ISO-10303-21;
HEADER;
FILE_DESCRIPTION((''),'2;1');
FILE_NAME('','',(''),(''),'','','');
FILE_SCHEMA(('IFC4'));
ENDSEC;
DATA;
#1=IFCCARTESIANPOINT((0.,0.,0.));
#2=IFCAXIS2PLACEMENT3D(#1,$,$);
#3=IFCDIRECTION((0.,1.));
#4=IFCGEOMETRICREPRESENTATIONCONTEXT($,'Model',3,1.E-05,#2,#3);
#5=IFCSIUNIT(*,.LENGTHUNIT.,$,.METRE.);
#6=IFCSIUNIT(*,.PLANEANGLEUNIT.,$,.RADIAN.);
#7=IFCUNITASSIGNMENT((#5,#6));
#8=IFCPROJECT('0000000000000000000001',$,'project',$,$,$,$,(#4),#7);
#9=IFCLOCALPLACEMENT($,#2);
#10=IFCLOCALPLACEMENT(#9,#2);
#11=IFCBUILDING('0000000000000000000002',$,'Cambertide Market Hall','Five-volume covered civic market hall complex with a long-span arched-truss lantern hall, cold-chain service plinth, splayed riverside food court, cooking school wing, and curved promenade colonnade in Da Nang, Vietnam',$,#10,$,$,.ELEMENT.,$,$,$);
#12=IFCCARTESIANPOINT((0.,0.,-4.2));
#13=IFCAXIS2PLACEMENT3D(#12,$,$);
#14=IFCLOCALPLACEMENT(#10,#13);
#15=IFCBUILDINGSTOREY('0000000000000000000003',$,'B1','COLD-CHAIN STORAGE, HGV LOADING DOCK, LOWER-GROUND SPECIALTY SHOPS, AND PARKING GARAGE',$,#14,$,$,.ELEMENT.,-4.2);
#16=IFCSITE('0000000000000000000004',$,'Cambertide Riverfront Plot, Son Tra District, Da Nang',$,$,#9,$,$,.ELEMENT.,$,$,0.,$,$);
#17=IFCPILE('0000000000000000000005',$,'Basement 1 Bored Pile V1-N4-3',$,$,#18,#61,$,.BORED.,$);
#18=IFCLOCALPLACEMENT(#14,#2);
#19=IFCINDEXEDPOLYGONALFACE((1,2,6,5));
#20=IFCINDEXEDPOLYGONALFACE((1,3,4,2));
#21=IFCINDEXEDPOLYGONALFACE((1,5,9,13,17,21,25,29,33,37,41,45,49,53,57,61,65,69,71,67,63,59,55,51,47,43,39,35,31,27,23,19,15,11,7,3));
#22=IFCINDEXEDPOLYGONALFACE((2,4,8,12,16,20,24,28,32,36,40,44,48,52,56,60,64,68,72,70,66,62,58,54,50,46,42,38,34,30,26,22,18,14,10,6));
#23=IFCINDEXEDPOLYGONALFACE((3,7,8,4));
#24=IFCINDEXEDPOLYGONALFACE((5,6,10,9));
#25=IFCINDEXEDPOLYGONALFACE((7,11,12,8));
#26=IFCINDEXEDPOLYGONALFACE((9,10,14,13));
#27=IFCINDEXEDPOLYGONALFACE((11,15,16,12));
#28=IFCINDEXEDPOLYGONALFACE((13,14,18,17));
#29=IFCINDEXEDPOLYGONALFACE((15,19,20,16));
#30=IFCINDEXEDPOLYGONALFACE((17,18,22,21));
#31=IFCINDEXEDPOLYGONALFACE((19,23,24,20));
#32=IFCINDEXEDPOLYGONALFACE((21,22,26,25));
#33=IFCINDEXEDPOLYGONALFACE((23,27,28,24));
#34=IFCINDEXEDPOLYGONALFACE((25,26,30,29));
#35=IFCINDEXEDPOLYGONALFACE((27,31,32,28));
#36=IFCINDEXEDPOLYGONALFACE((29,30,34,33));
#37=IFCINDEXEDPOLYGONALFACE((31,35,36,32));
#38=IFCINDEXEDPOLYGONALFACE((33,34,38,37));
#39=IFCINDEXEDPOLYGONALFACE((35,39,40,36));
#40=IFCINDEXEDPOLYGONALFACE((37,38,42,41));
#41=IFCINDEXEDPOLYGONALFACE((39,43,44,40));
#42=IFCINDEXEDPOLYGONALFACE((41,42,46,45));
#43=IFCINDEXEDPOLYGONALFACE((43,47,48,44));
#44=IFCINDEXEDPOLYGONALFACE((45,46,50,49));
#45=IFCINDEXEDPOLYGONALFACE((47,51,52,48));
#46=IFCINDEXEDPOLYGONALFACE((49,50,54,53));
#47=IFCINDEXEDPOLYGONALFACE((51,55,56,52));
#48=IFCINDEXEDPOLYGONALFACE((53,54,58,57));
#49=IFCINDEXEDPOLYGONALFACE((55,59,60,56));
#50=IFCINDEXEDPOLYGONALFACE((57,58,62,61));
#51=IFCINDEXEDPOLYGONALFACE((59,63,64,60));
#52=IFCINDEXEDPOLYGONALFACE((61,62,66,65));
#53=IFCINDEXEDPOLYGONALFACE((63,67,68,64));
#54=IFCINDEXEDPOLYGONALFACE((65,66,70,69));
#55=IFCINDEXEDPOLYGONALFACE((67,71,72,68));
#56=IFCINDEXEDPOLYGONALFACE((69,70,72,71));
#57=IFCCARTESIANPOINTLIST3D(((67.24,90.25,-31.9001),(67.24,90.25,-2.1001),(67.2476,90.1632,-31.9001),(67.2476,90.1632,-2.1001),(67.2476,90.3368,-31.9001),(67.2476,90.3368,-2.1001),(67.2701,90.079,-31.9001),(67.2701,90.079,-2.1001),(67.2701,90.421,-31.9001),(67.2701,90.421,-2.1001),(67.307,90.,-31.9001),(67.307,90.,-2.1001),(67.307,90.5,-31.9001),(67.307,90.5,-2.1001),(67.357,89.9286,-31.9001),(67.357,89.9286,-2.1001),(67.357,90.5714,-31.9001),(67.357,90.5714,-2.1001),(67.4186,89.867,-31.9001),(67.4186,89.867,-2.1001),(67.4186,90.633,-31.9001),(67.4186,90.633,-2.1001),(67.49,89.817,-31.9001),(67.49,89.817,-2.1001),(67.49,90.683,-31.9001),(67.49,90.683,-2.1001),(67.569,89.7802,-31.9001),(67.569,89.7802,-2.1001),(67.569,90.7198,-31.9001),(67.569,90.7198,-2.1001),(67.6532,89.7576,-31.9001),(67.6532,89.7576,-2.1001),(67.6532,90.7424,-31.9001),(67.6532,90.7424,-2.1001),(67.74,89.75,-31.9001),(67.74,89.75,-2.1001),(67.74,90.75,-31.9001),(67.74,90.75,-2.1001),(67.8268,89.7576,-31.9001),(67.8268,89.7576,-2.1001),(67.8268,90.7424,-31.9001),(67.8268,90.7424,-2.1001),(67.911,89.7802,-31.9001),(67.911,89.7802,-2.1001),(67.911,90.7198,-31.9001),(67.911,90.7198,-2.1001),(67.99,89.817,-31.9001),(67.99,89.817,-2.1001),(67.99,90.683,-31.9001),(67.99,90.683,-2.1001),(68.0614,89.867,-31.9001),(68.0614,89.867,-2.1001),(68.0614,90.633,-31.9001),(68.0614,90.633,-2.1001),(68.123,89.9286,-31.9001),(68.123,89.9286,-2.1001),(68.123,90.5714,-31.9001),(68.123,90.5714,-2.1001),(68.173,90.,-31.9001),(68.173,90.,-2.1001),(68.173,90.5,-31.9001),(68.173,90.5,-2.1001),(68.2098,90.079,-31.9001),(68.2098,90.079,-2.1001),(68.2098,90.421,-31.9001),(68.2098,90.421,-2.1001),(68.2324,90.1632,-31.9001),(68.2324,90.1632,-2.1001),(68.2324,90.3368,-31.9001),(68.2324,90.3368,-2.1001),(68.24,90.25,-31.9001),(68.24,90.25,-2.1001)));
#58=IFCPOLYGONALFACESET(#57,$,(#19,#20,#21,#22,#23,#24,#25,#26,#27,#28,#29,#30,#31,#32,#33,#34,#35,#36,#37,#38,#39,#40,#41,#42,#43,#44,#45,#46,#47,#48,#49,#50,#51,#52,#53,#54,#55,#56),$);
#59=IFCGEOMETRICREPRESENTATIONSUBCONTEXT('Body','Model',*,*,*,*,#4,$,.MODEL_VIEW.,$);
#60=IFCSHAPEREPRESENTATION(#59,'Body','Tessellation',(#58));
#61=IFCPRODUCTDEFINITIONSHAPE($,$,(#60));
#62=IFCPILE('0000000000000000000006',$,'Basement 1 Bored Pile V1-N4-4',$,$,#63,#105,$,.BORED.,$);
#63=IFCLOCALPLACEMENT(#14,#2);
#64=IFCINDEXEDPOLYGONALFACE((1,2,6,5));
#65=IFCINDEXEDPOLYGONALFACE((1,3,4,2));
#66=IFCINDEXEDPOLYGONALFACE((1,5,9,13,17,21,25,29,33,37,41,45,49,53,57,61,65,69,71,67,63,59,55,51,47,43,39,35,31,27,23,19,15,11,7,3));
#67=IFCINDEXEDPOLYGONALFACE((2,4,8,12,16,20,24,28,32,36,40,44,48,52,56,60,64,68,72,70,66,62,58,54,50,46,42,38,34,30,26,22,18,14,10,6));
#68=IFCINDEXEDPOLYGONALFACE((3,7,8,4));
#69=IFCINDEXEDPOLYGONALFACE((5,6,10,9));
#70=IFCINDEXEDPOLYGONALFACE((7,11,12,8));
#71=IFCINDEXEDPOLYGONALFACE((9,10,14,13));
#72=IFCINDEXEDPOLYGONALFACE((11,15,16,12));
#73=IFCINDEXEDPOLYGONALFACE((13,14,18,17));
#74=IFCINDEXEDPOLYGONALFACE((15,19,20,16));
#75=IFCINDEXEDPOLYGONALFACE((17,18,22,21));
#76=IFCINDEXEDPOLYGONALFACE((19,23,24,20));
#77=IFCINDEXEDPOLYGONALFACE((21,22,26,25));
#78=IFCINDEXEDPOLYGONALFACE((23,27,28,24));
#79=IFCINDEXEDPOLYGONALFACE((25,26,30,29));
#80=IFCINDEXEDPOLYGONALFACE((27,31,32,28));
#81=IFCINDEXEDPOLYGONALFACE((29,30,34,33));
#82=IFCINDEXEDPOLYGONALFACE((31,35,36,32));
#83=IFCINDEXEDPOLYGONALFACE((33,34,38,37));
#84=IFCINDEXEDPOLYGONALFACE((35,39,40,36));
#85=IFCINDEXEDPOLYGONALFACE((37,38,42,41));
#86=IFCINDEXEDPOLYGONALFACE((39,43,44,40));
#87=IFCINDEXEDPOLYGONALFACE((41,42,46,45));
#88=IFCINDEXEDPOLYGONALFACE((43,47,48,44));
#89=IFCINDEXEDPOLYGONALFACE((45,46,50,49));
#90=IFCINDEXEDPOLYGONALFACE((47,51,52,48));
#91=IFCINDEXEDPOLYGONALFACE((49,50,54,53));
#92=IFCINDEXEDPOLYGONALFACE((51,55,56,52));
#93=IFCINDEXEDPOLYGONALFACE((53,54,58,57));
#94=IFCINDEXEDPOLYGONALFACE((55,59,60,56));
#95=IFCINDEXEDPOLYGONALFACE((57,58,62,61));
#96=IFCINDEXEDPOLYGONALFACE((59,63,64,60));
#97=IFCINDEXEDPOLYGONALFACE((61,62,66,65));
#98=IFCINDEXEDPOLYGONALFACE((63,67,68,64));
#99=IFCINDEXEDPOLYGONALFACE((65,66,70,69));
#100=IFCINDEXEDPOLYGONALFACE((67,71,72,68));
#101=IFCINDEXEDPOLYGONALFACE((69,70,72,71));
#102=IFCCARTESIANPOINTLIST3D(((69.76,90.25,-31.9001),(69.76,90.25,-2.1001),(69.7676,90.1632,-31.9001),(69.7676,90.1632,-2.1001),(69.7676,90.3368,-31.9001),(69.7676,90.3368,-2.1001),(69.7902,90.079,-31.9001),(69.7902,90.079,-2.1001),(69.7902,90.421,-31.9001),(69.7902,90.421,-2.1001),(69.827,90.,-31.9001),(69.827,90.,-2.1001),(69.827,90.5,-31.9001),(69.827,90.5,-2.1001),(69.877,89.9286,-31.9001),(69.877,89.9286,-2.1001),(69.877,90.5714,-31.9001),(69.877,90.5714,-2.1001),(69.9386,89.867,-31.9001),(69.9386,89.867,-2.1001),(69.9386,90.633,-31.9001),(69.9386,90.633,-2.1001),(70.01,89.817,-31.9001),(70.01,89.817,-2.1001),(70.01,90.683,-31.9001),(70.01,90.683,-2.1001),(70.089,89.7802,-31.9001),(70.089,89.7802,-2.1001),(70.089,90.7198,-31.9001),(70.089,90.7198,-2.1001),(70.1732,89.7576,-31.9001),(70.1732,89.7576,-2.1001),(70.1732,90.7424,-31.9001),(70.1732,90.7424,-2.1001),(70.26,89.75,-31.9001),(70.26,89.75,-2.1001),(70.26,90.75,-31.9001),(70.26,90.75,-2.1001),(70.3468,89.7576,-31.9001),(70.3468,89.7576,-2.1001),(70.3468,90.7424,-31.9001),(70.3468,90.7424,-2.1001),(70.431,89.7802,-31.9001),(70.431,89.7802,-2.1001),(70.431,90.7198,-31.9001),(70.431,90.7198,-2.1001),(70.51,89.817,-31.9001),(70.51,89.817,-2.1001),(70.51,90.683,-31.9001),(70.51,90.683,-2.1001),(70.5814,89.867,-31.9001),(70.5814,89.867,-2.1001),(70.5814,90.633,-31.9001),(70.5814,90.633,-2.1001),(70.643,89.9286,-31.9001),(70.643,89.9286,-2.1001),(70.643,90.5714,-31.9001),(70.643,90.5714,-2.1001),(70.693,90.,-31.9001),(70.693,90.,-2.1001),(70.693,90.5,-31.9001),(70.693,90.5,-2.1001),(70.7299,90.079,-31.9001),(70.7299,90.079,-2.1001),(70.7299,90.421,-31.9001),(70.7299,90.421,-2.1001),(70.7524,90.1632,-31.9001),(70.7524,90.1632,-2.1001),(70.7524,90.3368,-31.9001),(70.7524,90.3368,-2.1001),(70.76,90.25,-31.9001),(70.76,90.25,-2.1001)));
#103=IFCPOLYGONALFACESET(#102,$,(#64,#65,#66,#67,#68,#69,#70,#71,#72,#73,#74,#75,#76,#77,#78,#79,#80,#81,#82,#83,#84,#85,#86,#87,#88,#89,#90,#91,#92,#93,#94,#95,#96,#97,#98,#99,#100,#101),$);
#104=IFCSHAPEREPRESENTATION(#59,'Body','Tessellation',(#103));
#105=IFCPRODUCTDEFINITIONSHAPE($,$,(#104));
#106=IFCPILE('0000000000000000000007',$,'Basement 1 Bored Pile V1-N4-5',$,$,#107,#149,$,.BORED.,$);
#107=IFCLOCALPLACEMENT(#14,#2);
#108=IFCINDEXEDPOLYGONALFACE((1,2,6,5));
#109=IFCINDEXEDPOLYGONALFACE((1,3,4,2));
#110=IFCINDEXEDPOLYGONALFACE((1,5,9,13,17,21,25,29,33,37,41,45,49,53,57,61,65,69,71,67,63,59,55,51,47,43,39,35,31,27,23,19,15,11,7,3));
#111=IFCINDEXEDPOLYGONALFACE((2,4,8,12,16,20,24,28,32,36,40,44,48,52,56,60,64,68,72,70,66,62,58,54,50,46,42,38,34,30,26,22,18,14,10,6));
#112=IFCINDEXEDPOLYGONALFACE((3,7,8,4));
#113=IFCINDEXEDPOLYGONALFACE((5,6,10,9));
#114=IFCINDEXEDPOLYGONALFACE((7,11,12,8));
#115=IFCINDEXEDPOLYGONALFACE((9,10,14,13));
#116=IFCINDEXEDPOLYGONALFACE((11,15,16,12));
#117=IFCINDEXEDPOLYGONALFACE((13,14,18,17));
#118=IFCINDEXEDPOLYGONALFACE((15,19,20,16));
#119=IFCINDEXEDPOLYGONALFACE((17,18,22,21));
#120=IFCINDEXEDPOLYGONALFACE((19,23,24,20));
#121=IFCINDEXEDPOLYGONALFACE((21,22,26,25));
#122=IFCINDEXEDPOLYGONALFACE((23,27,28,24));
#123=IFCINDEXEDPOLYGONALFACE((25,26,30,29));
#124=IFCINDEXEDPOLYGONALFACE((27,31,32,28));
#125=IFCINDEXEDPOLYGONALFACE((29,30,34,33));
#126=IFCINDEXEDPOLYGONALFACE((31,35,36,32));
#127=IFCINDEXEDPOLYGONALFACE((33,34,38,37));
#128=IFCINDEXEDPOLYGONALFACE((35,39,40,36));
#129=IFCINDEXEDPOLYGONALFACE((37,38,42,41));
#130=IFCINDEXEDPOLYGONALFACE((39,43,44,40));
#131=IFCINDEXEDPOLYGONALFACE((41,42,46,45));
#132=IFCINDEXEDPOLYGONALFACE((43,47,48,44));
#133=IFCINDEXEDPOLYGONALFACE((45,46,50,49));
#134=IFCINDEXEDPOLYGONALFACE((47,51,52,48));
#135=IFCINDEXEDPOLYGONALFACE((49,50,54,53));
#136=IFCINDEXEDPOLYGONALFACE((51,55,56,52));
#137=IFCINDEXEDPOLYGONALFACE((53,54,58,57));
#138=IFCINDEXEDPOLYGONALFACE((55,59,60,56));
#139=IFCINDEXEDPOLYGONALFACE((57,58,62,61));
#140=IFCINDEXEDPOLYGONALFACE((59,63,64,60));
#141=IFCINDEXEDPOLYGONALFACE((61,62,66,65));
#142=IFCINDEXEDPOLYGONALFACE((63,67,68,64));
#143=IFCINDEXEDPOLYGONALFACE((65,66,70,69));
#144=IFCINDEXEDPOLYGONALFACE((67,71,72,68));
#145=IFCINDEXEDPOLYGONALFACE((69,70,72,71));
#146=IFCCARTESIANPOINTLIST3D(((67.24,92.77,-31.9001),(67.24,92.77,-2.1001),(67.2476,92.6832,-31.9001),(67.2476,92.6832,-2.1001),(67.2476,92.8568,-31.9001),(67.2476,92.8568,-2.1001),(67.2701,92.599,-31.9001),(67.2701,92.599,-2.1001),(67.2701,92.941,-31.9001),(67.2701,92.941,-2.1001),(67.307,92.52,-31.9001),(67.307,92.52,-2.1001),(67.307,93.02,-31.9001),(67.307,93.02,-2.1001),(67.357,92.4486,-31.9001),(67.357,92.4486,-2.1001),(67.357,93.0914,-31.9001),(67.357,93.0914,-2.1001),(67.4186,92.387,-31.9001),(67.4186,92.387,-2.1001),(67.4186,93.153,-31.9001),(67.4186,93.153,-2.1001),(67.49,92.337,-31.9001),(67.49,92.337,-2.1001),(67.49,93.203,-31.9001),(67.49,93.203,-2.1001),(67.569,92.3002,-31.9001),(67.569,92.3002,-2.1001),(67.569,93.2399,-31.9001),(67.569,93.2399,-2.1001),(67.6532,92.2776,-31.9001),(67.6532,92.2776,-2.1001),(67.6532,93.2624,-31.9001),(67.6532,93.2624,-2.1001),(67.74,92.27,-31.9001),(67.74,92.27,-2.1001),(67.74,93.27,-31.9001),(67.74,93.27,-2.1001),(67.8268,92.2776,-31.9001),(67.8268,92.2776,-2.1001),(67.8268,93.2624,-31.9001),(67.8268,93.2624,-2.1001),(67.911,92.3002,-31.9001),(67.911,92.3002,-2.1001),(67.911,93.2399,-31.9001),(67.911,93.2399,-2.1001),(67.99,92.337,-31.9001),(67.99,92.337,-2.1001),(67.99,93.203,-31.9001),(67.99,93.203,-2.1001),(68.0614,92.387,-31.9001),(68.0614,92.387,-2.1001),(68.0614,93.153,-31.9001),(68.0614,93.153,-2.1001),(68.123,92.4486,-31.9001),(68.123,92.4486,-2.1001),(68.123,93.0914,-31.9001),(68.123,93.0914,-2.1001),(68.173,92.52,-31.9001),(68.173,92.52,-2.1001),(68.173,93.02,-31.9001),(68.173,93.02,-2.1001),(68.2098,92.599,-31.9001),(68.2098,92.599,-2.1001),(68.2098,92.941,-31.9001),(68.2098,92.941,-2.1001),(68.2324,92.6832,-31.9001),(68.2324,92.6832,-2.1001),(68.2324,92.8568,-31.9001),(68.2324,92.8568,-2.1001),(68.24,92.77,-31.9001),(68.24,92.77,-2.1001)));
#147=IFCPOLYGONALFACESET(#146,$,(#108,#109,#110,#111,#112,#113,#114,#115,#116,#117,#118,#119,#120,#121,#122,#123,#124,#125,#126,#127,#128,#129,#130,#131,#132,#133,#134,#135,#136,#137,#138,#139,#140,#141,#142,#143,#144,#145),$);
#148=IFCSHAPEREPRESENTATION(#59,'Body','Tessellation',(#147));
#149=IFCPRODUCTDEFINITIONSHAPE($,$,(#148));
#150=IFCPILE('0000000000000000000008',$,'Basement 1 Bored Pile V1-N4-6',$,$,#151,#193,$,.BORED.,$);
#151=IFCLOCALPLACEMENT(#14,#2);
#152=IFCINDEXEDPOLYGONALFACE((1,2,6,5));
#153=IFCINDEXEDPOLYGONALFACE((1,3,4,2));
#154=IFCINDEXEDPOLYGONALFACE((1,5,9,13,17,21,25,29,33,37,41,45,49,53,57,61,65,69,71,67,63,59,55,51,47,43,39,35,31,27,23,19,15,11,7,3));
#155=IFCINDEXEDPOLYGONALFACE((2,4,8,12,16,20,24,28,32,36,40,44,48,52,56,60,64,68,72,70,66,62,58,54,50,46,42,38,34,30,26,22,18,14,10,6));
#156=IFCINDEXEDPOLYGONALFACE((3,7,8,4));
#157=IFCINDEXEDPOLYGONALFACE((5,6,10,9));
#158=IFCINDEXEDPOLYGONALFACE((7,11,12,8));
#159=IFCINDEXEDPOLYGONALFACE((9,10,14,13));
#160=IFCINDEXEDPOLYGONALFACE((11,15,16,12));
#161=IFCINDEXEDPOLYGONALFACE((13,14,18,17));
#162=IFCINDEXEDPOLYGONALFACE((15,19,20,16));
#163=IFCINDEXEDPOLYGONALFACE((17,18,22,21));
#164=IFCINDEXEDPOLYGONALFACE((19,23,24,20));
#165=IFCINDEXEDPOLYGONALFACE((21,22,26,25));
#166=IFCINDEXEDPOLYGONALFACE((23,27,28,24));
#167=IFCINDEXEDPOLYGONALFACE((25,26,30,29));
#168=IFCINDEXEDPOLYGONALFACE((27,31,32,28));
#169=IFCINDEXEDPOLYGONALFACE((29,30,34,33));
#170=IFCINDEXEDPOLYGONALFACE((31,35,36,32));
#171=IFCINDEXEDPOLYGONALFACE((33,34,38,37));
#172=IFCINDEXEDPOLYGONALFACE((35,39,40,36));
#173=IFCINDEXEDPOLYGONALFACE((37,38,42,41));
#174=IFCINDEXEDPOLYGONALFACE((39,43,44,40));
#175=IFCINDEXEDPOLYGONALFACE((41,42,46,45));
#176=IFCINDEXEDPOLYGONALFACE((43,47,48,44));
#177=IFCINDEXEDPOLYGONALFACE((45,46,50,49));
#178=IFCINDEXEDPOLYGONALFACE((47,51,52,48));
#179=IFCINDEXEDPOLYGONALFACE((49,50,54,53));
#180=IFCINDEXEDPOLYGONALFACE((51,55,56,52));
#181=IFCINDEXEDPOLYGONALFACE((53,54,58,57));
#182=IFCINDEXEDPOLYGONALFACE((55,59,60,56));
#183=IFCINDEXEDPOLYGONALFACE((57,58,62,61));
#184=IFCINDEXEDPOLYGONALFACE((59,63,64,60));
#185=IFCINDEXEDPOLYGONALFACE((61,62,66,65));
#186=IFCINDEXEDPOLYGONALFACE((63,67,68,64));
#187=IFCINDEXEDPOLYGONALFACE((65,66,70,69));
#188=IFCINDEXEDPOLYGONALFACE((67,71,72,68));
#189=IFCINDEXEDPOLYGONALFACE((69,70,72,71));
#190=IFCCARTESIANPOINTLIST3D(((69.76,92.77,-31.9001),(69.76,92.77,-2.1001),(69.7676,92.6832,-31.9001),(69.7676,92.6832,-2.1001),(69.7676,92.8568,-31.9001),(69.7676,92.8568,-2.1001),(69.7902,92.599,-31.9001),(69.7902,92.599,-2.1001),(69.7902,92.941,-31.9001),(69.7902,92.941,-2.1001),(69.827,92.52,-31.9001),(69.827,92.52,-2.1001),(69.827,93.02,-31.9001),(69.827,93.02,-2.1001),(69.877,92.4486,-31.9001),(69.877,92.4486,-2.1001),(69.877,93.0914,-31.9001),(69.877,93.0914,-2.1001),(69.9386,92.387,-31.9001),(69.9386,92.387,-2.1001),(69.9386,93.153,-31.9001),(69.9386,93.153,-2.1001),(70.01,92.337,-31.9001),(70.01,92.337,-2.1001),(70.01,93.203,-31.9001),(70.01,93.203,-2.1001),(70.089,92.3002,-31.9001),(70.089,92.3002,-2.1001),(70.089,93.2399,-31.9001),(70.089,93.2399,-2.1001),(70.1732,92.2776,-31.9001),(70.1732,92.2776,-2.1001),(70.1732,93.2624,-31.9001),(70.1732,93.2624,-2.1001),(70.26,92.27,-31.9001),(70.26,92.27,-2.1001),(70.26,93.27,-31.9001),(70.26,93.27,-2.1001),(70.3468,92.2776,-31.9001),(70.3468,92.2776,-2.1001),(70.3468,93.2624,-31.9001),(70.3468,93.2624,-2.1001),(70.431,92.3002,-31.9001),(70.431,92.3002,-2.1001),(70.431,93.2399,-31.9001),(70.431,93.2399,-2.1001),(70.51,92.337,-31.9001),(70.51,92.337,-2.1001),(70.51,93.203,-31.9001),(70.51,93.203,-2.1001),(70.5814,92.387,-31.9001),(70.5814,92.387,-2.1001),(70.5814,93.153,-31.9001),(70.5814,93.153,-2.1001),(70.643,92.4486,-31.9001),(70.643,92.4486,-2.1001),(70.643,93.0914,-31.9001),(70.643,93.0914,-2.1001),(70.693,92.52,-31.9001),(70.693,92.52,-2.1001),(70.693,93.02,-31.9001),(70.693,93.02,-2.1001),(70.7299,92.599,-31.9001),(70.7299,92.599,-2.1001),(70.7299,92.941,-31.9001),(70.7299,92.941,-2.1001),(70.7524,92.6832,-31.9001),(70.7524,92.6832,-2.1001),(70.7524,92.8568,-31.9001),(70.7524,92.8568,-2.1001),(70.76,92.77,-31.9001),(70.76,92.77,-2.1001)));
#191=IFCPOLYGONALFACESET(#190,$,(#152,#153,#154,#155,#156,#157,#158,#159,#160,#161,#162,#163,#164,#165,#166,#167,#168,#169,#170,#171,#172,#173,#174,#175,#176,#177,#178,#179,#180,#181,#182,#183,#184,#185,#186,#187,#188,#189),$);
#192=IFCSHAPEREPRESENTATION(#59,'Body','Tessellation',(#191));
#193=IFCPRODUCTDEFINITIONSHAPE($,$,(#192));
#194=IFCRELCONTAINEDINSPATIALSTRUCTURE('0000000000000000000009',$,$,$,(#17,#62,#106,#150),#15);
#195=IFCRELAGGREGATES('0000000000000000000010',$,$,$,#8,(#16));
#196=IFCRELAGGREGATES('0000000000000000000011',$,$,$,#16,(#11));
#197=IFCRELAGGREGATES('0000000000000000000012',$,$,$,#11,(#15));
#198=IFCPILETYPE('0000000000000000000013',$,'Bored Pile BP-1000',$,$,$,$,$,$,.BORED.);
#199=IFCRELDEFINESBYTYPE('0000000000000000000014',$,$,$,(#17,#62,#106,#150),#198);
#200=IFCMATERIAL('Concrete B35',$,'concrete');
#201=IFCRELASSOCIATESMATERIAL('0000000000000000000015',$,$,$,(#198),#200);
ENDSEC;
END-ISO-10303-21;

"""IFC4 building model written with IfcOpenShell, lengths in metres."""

from ifc_helpers import new_model, si_unit, direction, frame, origin, origin_2d, place, context, subcontext, project, spatial, circle, extrude, material, material_profile, profile_set, type_object, element, save


model = new_model("IFC4")

# Units and contexts
model_context = context("Model", 3, precision=1e-05, world=origin(), true_north=direction((0.0, 1.0)))
body_context = subcontext(model_context, "Body", "Model", "MODEL_VIEW")
ifc_project = project(units=[si_unit("LENGTHUNIT", "METRE"), si_unit("PLANEANGLEUNIT", "RADIAN")], contexts=[model_context])

# Site, building, storey
site_placement = place(None, origin())
site = spatial("IfcSite", under=ifc_project, at=site_placement, Name="Cambertide Riverfront Plot, Son Tra District, Da Nang", CompositionType="ELEMENT", RefElevation=0.0)
building_placement = place(site_placement, origin())
building = spatial("IfcBuilding", under=site, at=building_placement, Name="Cambertide Market Hall", Description="Five-volume covered civic market hall complex with a long-span arched-truss lantern hall, cold-chain service plinth, splayed riverside food court, cooking school wing, and curved promenade colonnade in Da Nang, Vietnam", CompositionType="ELEMENT")
storey_placement = place(building_placement, frame((0.0, 0.0, -4.2)))
storey = spatial("IfcBuildingStorey", under=building, at=storey_placement, Name="B1", Description="COLD-CHAIN STORAGE, HGV LOADING DOCK, LOWER-GROUND SPECIALTY SHOPS, AND PARKING GARAGE", CompositionType="ELEMENT", Elevation=-4.2)

# Piles
ifc_material_1 = material(Name="Concrete B35", Category="concrete")
ifc_material_profile_1 = material_profile(ifc_material_1, circle(Radius=0.5, at=origin_2d()), Name="BP D1000")
ifc_profile_set_1 = profile_set([ifc_material_profile_1], Name="Concrete B35")
pile_type_1 = type_object("IfcPileType", Name="Bored Pile BP-1000", PredefinedType="BORED", material=ifc_profile_set_1)
for number, where, z_axis, x_axis, name in (
    (1, (67.74, 90.25, -2.1001), (0.0, 0.0, -1.0), (1.0, 0.0, 0.0), "Basement 1 Bored Pile V1-N4-3"),
    (2, (70.26, 90.25, -2.1001), (0.0, 0.0, -1.0), (1.0, 0.0, 0.0), "Basement 1 Bored Pile V1-N4-4"),
    (3, (67.74, 92.77, -2.1001), (0.0, 0.0, -1.0), (1.0, 0.0, 0.0), "Basement 1 Bored Pile V1-N4-5"),
    (4, (70.26, 92.77, -2.1001), (0.0, 0.0, -1.0), (1.0, 0.0, 0.0), "Basement 1 Bored Pile V1-N4-6"),
):
    element("IfcPile", number, at=place(storey_placement, frame(where, z_axis=z_axis, x_axis=x_axis)), inside=storey, type_object=pile_type_1, Name=name, PredefinedType="BORED", context=body_context, shape_type="SweptSolid", body=[
        extrude(circle(Radius=0.5, at=origin_2d()), origin(), (0.0, 0.0, 1.0), 29.8),
    ])

save(model, "model.ifc")
